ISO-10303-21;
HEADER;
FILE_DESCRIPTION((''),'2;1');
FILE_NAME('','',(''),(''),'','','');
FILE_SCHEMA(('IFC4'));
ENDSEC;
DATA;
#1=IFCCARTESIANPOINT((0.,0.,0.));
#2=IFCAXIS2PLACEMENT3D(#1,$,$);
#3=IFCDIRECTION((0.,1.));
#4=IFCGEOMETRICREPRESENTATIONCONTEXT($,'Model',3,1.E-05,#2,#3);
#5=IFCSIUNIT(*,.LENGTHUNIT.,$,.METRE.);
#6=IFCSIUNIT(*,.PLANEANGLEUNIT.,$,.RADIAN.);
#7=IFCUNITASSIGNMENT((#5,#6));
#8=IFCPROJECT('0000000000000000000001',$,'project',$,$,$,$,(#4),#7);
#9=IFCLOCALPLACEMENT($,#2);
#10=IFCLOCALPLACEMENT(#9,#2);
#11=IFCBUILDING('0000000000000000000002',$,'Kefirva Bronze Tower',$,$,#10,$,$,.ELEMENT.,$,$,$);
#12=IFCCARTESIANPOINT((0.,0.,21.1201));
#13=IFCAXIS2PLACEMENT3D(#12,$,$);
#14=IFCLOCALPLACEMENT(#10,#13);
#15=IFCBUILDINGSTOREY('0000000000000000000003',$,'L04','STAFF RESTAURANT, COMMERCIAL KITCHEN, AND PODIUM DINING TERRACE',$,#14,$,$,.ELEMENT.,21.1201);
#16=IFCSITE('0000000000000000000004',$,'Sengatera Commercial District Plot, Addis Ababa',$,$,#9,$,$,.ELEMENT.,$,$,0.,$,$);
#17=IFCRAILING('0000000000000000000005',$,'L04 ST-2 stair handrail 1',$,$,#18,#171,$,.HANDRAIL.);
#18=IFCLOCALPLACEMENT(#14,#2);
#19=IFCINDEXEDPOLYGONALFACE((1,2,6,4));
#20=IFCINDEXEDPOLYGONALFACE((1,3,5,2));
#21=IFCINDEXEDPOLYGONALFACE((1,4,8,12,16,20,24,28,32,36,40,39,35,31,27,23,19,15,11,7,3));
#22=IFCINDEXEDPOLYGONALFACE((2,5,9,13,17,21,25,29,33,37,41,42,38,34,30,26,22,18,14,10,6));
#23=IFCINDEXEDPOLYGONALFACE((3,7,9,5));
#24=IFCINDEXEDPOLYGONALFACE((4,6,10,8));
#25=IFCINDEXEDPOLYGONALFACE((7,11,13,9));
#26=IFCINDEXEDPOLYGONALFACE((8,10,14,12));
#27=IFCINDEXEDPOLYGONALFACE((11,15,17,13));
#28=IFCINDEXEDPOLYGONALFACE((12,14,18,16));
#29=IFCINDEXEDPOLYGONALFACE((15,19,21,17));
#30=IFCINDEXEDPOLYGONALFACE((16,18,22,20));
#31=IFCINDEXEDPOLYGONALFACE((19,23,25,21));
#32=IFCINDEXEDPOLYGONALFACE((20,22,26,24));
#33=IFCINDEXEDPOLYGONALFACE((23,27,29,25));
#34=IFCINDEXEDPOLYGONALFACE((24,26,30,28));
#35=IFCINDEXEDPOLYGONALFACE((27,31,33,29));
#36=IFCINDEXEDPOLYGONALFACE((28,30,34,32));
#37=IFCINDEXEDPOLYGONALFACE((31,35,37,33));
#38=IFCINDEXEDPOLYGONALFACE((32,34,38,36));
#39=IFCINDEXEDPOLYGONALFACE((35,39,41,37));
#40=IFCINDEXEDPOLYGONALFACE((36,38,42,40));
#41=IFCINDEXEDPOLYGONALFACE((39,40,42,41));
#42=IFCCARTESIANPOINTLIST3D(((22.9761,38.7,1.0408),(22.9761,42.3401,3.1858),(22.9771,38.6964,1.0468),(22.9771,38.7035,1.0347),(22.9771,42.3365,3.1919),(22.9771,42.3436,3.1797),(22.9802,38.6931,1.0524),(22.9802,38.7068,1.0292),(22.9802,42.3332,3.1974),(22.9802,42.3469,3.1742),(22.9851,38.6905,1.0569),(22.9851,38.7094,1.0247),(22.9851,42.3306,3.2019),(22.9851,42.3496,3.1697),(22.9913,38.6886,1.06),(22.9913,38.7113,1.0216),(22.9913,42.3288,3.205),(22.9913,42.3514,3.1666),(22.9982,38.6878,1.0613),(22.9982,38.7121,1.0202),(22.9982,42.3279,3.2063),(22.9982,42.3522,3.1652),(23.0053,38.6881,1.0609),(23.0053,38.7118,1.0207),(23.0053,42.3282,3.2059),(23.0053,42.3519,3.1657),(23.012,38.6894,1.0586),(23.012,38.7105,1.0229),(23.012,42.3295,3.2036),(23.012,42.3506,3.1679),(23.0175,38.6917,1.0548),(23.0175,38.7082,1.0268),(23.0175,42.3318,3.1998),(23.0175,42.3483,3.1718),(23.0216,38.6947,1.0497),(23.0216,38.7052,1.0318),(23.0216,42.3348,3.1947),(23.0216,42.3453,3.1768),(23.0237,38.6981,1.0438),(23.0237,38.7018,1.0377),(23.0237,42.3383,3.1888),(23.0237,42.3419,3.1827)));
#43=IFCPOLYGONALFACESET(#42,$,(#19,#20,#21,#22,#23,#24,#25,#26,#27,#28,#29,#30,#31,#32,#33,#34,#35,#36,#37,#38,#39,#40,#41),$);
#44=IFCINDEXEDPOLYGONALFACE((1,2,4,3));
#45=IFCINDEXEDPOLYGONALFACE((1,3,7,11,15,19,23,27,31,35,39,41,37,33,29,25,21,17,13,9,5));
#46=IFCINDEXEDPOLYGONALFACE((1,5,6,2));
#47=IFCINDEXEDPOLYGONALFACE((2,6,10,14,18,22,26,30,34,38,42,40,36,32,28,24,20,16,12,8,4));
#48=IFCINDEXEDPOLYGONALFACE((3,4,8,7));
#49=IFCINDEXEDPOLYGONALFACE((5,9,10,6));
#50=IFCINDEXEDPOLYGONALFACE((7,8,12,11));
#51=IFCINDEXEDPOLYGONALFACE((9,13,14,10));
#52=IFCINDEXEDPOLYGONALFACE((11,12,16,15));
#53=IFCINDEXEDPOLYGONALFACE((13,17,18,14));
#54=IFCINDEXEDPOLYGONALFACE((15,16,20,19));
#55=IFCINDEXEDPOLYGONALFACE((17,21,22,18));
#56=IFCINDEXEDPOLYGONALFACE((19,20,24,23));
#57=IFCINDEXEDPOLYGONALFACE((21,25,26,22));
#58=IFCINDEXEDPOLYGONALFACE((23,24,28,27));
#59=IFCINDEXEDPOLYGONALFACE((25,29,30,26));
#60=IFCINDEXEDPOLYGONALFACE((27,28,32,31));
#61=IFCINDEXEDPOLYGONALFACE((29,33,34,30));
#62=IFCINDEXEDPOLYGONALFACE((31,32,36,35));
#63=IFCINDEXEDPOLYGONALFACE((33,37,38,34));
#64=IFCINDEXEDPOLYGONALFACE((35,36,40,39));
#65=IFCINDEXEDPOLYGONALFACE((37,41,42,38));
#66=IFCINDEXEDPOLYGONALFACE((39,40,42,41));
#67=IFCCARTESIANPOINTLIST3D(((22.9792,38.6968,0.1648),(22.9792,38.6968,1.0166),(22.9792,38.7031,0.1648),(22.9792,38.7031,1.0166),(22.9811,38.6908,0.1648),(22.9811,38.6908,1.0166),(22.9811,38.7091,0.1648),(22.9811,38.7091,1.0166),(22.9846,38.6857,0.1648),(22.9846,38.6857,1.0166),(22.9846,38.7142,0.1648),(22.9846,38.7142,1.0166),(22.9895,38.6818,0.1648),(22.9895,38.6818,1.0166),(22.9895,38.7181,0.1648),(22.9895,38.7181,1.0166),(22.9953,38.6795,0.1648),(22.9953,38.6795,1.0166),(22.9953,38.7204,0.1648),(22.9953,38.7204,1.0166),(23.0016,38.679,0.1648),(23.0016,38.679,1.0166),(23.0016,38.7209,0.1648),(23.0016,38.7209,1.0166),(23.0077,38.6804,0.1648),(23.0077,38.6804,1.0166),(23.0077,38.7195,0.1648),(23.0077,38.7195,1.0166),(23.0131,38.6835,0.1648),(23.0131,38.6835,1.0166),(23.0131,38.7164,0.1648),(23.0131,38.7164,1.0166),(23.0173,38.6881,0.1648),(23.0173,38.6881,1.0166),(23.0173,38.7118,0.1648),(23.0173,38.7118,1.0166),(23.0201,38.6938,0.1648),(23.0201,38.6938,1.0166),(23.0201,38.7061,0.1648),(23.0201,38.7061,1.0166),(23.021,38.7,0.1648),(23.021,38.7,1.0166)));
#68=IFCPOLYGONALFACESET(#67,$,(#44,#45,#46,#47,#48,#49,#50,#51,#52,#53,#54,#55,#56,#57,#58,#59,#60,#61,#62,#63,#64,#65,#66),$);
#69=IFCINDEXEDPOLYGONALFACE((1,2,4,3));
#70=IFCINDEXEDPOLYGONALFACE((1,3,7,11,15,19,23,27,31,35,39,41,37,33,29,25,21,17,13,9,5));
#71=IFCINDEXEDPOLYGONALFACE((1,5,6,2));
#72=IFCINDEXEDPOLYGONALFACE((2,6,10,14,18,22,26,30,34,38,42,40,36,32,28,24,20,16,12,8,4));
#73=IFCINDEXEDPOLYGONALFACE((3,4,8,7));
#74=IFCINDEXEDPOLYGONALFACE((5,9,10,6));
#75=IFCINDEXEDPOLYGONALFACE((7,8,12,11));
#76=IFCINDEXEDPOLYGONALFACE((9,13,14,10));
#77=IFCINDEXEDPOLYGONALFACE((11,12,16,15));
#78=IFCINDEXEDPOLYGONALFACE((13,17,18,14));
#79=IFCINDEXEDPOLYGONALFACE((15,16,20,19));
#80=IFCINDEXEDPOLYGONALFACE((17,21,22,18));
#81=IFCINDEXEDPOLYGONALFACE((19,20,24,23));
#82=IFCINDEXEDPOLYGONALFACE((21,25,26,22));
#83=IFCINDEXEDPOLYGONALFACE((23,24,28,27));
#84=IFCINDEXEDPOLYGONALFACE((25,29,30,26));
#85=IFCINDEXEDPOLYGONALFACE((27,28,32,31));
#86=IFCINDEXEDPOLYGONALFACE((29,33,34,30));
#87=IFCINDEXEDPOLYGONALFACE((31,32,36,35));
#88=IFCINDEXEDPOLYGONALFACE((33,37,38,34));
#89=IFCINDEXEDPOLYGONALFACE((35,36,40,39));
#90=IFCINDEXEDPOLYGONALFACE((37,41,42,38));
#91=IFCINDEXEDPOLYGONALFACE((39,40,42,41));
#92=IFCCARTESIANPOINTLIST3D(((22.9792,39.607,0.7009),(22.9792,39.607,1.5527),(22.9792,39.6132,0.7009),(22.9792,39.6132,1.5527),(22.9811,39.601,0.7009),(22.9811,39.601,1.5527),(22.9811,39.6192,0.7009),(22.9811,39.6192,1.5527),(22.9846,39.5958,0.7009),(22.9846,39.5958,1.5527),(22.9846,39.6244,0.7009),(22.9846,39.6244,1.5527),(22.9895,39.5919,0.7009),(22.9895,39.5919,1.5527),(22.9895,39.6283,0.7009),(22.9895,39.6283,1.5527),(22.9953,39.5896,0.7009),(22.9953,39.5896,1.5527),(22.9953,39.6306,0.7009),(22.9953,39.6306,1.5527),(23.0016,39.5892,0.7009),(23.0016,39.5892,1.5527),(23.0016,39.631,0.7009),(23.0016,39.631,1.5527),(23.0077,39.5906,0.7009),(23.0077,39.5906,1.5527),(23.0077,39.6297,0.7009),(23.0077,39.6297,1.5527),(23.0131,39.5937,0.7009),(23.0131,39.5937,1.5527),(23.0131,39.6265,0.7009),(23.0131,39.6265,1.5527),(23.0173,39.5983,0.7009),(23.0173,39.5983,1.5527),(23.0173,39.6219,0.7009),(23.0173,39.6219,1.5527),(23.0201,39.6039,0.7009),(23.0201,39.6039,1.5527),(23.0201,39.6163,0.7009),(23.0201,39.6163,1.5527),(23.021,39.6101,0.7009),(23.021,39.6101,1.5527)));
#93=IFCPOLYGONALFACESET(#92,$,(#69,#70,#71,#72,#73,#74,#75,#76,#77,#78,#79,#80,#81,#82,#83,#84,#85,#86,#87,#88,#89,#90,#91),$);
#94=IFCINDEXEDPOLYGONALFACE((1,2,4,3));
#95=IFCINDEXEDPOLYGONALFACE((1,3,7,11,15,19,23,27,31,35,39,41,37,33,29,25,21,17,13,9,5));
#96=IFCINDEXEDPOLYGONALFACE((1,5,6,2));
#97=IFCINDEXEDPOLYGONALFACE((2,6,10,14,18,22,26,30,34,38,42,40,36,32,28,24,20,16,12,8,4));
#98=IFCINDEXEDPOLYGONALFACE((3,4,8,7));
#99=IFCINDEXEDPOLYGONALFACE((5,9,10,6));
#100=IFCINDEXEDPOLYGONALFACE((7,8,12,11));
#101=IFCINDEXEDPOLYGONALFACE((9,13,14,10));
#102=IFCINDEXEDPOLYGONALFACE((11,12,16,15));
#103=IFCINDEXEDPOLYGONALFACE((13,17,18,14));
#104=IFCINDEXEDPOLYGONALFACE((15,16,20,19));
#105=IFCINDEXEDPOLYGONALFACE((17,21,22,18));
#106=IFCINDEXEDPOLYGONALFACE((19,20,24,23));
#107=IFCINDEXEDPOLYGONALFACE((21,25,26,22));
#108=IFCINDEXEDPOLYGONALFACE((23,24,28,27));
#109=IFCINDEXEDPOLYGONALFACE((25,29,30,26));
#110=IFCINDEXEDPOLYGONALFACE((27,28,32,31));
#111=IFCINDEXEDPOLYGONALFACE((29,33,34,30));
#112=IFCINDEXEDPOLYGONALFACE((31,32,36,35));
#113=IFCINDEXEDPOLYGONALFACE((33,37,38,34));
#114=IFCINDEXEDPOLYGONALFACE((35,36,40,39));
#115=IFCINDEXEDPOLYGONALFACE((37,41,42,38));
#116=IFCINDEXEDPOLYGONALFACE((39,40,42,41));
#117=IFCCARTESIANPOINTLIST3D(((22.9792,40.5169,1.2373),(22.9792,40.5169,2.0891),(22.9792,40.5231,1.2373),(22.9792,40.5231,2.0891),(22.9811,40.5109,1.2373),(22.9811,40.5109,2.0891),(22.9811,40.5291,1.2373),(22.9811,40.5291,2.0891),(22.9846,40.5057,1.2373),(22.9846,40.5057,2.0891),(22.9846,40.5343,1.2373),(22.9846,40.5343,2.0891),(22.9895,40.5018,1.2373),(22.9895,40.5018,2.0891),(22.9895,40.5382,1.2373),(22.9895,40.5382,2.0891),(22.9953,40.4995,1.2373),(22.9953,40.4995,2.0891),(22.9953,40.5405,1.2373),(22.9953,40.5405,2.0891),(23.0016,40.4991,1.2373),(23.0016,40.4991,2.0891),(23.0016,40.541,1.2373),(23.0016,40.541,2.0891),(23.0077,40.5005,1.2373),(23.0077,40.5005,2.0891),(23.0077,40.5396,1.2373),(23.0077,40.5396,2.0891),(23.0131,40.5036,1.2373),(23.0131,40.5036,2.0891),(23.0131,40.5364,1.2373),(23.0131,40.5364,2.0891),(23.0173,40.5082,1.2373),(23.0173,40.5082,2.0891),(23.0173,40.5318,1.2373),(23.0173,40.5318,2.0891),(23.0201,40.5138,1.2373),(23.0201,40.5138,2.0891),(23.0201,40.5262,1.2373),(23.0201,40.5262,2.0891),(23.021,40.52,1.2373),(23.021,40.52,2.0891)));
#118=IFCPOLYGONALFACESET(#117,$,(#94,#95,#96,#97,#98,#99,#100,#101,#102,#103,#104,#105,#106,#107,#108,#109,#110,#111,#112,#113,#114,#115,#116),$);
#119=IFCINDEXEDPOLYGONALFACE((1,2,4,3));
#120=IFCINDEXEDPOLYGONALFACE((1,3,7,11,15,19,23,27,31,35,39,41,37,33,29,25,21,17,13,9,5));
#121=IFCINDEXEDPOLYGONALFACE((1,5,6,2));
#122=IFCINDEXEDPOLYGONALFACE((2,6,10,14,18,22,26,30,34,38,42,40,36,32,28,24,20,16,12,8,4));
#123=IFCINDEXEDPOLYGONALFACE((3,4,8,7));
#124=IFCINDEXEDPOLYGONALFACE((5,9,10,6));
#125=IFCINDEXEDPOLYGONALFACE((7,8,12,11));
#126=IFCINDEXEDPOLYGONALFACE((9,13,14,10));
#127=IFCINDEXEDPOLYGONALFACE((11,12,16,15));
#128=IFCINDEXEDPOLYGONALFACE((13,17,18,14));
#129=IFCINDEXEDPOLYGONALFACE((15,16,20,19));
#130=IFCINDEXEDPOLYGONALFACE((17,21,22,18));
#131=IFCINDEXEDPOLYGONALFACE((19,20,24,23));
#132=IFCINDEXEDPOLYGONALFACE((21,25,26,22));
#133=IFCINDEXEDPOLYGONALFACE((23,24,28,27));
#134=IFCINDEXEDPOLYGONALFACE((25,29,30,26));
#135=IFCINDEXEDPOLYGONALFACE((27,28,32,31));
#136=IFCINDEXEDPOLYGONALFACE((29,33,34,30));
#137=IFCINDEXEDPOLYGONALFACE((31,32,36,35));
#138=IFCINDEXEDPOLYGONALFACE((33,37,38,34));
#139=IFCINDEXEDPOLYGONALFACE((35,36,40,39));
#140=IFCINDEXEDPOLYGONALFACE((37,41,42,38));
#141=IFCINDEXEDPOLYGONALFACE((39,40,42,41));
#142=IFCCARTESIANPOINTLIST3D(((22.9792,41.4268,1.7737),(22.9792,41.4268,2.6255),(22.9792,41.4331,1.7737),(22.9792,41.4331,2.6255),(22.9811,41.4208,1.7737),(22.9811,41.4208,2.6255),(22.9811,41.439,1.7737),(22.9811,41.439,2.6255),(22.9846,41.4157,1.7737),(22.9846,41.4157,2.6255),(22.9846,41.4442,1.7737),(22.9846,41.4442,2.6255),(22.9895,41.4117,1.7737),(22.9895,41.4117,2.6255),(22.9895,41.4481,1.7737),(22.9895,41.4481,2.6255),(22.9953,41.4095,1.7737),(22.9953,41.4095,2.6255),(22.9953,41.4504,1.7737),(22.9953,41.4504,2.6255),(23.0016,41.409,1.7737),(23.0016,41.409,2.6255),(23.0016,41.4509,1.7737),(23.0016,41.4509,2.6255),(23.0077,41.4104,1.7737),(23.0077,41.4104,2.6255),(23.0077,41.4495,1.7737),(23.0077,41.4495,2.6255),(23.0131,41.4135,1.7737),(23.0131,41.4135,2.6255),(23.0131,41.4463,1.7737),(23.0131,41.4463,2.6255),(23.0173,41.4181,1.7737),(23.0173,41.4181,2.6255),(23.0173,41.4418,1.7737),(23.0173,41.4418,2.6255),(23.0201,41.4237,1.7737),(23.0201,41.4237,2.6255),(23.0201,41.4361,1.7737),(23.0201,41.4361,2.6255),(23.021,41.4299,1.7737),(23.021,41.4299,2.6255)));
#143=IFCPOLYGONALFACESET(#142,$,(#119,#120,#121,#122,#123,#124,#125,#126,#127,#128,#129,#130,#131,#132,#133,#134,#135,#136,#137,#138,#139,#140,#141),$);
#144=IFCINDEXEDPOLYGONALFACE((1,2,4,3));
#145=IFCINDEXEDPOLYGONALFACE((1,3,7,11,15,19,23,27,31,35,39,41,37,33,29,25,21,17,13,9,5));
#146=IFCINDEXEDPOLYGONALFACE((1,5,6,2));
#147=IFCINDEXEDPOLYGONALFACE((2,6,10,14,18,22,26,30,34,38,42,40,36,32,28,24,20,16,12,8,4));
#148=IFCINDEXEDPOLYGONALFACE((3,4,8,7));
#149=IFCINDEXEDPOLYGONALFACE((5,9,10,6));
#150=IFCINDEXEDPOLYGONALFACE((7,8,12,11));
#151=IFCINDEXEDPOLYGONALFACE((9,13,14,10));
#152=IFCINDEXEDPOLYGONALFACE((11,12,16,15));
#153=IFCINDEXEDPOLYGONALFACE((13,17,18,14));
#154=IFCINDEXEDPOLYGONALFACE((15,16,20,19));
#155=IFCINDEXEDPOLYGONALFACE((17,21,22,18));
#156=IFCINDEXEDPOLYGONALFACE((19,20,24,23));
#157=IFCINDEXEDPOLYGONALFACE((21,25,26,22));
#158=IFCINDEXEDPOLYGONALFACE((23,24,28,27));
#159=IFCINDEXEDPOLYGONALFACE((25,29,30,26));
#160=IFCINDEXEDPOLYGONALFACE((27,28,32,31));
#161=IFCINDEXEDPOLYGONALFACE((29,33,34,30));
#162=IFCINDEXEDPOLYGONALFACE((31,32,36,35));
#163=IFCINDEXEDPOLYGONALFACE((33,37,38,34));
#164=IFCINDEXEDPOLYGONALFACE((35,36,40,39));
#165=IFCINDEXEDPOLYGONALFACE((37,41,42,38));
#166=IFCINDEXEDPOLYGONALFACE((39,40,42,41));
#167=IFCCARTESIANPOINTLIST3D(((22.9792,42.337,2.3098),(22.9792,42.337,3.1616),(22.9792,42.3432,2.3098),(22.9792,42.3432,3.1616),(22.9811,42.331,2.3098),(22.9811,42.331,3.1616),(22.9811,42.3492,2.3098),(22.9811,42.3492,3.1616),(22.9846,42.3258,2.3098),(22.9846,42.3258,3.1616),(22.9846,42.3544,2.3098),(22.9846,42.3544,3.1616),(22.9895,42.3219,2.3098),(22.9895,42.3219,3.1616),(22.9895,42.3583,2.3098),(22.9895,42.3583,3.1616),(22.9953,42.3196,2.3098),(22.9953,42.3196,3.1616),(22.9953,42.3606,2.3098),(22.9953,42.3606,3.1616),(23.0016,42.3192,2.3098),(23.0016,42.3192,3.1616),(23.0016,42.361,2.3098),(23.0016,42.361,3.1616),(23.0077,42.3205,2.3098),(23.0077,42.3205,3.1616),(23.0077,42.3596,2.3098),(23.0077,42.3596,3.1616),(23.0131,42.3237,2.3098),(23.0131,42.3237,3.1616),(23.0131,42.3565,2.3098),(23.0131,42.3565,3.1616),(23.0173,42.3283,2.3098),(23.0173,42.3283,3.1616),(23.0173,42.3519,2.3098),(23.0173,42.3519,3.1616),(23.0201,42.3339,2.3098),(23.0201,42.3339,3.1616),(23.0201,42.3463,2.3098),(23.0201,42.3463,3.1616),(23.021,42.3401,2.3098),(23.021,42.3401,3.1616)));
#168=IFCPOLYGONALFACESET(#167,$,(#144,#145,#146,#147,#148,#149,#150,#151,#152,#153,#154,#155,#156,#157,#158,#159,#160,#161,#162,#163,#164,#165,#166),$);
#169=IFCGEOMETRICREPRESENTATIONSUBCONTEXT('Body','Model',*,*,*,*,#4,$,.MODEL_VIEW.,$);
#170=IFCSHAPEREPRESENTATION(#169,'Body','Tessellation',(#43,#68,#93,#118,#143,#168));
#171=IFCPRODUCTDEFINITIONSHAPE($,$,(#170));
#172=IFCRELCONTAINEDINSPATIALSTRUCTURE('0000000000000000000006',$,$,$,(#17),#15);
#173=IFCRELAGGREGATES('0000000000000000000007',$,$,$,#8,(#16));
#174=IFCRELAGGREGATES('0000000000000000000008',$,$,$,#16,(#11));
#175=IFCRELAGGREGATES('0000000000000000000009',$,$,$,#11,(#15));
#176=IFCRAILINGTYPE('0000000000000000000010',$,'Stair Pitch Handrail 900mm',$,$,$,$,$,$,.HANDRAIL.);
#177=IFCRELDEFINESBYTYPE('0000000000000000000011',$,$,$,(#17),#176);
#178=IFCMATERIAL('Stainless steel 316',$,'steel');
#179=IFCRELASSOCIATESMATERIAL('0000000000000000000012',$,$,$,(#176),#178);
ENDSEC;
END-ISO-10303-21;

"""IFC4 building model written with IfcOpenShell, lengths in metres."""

from ifc_helpers import new_model, si_unit, direction, frame, origin, origin_2d, place, context, subcontext, project, spatial, circle, extrude, material, type_object, element, save


model = new_model("IFC4")

# Units and contexts
model_context = context("Model", 3, precision=1e-05, world=origin(), true_north=direction((0.0, 1.0)))
body_context = subcontext(model_context, "Body", "Model", "MODEL_VIEW")
ifc_project = project(units=[si_unit("LENGTHUNIT", "METRE"), si_unit("PLANEANGLEUNIT", "RADIAN")], contexts=[model_context])

# Site, building, storey
site_placement = place(None, origin())
site = spatial("IfcSite", under=ifc_project, at=site_placement, Name="Sengatera Commercial District Plot, Addis Ababa", CompositionType="ELEMENT", RefElevation=0.0)
building_placement = place(site_placement, origin())
building = spatial("IfcBuilding", under=site, at=building_placement, Name="Kefirva Bronze Tower", CompositionType="ELEMENT")
storey_placement = place(building_placement, frame((0.0, 0.0, 21.1201)))
storey = spatial("IfcBuildingStorey", under=building, at=storey_placement, Name="L04", Description="STAFF RESTAURANT, COMMERCIAL KITCHEN, AND PODIUM DINING TERRACE", CompositionType="ELEMENT", Elevation=21.1201)

# Railing
ifc_material_1 = material(Name="Stainless steel 316", Category="steel")
railing_type_1 = type_object("IfcRailingType", Name="Stair Pitch Handrail 900mm", PredefinedType="HANDRAIL", material=ifc_material_1)
railing_1_placement = place(storey_placement, frame((23.0, 38.7, 0.1648)))
element("IfcRailing", 1, at=railing_1_placement, inside=storey, type_object=railing_type_1, Name="L04 ST-2 stair handrail 1", PredefinedType="HANDRAIL", context=body_context, shape_type="SweptSolid", body=[
    extrude(circle(Radius=0.0239, at=origin_2d()), frame((0.0, 0.0, 0.876), z_axis=(0.0, 0.861545, 0.507682), x_axis=(-1.0, 0.0, 0.0)), (0.0, 0.0, 1.0), 4.2251),
    extrude(circle(Radius=0.021, at=origin_2d()), origin(), (0.0, 0.0, 1.0), 0.8518),
    extrude(circle(Radius=0.021, at=origin_2d()), frame((0.0, 0.9102, 0.5361)), (0.0, 0.0, 1.0), 0.8518),
    extrude(circle(Radius=0.021, at=origin_2d()), frame((0.0, 1.8201, 1.0725)), (0.0, 0.0, 1.0), 0.8518),
    extrude(circle(Radius=0.021, at=origin_2d()), frame((0.0, 2.73, 1.6089)), (0.0, 0.0, 1.0), 0.8518),
    extrude(circle(Radius=0.021, at=origin_2d()), frame((0.0, 3.6401, 2.145)), (0.0, 0.0, 1.0), 0.8518),
])

save(model, "model.ifc")
